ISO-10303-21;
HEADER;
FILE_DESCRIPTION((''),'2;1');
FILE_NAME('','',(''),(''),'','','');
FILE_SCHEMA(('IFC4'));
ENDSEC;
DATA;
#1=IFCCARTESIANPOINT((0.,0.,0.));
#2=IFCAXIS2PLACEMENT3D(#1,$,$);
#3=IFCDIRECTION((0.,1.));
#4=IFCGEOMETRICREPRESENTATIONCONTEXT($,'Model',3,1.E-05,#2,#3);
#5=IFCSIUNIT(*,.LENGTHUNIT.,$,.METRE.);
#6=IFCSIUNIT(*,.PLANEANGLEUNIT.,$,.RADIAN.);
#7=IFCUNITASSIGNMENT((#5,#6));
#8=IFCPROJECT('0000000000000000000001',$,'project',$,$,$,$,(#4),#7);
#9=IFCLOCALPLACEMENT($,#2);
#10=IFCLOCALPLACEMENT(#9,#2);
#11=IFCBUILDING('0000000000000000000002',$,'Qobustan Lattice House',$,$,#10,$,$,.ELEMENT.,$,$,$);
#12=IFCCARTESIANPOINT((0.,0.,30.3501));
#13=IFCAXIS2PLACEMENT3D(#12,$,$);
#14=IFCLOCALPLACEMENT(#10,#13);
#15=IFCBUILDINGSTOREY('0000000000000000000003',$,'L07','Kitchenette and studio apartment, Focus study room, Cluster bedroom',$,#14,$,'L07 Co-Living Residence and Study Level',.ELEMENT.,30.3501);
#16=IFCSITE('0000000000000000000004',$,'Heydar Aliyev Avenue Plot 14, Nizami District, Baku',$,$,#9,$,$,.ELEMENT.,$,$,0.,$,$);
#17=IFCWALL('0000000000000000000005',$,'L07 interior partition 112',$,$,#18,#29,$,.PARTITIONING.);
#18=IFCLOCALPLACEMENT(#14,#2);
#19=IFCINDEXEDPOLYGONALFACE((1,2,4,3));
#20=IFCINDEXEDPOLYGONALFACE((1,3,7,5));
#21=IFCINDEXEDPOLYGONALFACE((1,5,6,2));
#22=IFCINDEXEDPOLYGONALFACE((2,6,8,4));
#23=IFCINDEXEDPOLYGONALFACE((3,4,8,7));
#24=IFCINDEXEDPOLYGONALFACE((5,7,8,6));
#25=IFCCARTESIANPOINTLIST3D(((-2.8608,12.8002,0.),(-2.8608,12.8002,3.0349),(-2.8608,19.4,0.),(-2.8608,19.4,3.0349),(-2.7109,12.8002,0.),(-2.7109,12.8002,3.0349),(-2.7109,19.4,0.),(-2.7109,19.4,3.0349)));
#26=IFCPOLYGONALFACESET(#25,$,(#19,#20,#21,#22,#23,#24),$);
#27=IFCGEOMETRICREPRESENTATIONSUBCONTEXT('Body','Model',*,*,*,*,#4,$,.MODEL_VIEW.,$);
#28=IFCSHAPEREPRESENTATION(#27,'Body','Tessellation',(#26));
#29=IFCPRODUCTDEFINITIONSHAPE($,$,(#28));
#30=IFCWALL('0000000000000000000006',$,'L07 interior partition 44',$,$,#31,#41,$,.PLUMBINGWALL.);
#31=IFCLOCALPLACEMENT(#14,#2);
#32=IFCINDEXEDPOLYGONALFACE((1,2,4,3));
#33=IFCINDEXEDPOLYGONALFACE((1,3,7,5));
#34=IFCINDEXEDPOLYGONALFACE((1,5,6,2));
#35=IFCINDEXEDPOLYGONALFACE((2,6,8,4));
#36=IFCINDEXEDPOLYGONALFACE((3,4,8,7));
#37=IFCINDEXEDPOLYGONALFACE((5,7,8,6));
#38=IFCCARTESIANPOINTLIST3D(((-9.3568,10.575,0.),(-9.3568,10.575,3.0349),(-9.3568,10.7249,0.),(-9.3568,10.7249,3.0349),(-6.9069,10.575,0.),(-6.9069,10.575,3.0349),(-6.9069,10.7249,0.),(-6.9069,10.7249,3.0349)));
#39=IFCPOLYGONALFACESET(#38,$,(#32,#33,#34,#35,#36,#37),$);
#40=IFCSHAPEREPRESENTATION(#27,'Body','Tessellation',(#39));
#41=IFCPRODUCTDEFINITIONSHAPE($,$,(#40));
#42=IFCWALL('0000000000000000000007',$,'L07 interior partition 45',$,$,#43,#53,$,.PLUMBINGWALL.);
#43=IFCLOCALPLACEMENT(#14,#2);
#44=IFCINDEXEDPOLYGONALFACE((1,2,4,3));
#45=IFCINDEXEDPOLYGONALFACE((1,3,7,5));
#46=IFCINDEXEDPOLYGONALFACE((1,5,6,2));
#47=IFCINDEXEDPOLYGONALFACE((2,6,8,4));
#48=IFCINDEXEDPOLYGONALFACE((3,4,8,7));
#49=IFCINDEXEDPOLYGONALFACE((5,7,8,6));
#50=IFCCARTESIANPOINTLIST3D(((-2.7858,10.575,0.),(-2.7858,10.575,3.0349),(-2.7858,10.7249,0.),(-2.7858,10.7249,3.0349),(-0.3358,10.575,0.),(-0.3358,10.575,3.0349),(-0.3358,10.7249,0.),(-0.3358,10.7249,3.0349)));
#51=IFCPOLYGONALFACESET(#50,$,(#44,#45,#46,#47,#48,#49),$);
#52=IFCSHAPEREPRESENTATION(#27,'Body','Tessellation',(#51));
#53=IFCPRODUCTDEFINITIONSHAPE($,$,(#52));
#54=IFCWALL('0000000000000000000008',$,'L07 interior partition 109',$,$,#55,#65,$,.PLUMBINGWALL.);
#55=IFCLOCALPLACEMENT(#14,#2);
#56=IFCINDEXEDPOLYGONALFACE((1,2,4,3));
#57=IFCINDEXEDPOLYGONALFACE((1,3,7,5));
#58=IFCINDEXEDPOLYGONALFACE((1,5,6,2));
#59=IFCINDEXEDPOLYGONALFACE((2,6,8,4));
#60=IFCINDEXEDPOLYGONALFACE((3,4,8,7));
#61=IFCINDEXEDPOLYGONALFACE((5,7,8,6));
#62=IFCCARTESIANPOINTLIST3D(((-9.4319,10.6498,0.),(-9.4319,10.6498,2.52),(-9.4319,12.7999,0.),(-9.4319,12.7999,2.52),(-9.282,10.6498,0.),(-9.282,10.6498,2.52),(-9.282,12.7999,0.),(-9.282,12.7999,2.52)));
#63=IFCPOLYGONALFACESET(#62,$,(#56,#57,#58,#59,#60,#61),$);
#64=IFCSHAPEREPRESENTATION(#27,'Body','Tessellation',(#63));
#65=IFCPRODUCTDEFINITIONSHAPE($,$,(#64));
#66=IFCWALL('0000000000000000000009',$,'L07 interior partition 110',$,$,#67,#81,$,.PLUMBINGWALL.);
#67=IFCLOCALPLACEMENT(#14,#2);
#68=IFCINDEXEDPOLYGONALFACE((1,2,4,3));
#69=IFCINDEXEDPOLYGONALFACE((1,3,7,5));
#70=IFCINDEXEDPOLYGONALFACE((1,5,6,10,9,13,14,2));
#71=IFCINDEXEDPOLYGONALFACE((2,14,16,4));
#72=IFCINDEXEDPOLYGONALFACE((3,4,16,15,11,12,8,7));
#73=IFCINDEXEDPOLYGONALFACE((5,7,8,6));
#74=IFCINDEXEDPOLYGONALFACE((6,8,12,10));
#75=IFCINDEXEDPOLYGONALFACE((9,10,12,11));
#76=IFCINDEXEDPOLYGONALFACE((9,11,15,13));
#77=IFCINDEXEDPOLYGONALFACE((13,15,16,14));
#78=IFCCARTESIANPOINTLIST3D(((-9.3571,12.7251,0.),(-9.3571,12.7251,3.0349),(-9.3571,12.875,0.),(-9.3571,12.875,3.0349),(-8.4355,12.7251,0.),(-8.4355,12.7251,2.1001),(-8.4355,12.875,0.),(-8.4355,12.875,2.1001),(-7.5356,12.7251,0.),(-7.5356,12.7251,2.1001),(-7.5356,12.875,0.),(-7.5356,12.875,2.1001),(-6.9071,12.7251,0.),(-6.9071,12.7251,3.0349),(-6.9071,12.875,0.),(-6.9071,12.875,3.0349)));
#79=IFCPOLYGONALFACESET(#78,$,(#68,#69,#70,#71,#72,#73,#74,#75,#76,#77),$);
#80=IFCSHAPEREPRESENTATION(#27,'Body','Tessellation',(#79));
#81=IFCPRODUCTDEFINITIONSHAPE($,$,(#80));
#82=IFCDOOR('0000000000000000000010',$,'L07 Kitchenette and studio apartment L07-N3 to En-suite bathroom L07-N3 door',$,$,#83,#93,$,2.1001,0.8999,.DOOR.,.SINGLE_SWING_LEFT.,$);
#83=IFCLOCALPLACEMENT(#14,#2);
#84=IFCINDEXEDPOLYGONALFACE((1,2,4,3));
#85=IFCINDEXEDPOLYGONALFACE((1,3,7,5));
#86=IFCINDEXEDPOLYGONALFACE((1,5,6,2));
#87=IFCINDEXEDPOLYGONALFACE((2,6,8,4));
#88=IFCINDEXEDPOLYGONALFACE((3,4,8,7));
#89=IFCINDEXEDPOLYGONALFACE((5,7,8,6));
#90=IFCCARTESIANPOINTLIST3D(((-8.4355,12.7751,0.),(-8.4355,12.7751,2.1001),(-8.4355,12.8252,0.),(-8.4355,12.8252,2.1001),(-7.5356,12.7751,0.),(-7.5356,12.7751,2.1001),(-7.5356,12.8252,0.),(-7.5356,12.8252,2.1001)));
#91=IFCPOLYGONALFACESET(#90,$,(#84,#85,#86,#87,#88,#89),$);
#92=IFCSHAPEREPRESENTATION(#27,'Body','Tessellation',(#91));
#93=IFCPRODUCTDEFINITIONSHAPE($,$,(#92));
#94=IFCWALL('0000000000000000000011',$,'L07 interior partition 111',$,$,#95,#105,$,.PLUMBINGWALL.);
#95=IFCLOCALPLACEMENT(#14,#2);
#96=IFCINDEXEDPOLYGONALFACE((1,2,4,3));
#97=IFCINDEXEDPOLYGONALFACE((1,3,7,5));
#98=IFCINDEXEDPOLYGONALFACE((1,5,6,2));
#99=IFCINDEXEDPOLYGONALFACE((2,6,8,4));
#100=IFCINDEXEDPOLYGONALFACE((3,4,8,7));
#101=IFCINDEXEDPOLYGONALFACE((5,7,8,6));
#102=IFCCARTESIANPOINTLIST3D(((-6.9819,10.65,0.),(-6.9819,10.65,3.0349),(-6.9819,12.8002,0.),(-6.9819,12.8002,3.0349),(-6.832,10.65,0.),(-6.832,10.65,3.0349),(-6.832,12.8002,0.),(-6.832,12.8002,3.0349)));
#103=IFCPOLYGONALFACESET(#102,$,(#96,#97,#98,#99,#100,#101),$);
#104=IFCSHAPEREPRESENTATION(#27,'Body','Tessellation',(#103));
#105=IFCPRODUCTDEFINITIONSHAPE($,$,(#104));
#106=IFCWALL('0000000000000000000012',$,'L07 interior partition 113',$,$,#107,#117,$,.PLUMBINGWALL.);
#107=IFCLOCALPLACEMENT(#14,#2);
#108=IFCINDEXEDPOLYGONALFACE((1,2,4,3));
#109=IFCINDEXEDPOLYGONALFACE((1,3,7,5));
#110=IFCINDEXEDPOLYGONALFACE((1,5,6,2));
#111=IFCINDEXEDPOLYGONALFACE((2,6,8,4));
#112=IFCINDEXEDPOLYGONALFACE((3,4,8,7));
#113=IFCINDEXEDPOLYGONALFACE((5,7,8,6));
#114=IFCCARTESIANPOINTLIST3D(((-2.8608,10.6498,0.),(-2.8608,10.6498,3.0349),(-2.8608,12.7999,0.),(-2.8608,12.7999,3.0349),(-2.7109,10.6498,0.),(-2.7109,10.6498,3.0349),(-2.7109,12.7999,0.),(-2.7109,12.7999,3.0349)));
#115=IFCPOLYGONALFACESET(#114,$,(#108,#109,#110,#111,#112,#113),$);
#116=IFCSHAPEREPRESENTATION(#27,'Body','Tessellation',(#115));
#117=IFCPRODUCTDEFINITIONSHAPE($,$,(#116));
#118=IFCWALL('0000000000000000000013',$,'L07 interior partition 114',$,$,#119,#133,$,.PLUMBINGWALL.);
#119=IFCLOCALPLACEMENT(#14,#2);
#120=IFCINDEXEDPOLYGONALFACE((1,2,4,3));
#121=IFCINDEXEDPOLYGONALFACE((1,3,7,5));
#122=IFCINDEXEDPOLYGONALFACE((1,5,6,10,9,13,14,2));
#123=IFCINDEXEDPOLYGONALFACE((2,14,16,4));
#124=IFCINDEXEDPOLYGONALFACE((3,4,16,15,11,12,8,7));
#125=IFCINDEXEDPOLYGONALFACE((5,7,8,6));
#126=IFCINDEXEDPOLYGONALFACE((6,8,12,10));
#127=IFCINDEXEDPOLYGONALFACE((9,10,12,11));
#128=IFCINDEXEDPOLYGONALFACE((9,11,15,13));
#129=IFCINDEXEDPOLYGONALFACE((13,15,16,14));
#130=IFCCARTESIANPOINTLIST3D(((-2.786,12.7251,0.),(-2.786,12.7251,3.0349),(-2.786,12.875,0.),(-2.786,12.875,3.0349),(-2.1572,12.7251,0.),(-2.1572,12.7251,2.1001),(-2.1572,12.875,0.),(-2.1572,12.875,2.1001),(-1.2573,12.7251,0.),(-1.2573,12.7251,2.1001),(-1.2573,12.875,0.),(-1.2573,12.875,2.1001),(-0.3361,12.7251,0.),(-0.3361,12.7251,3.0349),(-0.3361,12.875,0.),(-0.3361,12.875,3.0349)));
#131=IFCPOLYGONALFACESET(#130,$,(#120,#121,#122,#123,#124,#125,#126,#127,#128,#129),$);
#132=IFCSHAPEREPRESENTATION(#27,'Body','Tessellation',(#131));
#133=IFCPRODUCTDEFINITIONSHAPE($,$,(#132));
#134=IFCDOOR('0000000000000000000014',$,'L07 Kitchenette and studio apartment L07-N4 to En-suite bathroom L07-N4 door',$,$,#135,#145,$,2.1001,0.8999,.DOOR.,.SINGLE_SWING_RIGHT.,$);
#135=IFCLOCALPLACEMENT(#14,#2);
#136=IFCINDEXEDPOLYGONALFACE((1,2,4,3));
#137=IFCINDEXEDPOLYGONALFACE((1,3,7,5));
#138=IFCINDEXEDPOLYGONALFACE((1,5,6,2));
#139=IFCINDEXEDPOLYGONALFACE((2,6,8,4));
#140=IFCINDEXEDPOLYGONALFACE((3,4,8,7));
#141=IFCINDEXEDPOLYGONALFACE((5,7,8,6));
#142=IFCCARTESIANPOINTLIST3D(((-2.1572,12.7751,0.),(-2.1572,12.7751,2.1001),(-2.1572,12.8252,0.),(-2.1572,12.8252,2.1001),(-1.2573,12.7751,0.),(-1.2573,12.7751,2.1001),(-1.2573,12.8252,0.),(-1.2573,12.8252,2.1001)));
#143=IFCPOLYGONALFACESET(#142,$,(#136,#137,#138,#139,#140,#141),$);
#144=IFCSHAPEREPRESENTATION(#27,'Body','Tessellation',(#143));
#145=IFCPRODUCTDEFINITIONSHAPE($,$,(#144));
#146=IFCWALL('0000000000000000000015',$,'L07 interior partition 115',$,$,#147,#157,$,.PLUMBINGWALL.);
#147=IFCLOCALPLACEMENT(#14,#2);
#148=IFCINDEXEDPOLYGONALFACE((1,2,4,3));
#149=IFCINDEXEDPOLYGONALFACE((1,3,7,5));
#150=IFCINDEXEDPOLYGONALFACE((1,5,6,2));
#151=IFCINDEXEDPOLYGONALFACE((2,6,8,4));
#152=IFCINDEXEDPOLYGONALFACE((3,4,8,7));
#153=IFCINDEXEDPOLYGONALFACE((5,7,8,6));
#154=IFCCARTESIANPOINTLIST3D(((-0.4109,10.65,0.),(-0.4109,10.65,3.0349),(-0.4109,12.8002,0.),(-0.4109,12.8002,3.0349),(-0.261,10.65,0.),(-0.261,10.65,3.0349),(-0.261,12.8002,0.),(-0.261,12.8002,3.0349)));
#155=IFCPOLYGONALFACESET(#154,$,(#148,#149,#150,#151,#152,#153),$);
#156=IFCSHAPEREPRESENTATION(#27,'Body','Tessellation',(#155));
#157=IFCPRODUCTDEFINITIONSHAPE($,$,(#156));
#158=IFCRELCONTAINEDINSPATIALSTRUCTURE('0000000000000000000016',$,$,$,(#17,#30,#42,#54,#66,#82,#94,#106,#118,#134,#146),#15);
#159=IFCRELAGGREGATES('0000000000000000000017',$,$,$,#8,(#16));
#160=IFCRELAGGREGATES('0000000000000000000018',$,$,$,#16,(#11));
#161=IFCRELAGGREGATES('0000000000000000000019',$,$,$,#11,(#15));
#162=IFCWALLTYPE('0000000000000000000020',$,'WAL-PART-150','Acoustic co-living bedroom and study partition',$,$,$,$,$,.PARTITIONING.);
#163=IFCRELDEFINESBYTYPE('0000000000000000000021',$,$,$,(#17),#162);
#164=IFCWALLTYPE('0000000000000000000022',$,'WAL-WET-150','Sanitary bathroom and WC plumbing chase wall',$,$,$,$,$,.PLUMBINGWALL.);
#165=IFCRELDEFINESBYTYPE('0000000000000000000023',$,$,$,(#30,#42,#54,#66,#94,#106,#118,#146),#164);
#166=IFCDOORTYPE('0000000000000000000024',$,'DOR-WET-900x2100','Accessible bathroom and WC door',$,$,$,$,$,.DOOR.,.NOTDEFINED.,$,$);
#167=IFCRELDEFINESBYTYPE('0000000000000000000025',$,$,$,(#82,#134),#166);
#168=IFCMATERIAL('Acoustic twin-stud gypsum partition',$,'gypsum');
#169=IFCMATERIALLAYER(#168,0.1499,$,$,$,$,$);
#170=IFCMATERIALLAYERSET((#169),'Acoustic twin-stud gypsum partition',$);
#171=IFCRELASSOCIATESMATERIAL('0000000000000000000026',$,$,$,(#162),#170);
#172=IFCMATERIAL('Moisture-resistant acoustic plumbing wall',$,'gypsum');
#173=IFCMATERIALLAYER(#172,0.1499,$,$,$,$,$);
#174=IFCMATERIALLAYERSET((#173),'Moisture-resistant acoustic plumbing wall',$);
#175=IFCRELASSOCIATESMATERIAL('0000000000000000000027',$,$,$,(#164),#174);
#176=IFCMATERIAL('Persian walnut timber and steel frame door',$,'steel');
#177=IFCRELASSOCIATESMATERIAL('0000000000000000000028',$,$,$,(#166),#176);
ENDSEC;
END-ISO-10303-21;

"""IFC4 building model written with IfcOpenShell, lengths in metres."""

from ifc_helpers import new_model, si_unit, direction, frame, frame_2d, origin, place, context, subcontext, project, spatial, rectangle, extrude, material, layer, layer_set, type_object, element, fill, save


model = new_model("IFC4")

# Units and contexts
model_context = context("Model", 3, precision=1e-05, world=origin(), true_north=direction((0.0, 1.0)))
body_context = subcontext(model_context, "Body", "Model", "MODEL_VIEW")
ifc_project = project(units=[si_unit("LENGTHUNIT", "METRE"), si_unit("PLANEANGLEUNIT", "RADIAN")], contexts=[model_context])

# Site, building, storey
site_placement = place(None, origin())
site = spatial("IfcSite", under=ifc_project, at=site_placement, Name="Heydar Aliyev Avenue Plot 14, Nizami District, Baku", CompositionType="ELEMENT", RefElevation=0.0)
building_placement = place(site_placement, origin())
building = spatial("IfcBuilding", under=site, at=building_placement, Name="Qobustan Lattice House", CompositionType="ELEMENT")
storey_placement = place(building_placement, frame((0.0, 0.0, 30.3501)))
storey = spatial("IfcBuildingStorey", under=building, at=storey_placement, Name="L07", Description="Kitchenette and studio apartment, Focus study room, Cluster bedroom", LongName="L07 Co-Living Residence and Study Level", CompositionType="ELEMENT", Elevation=30.3501)

# Shared definitions
ifc_material_1 = material(Name="Acoustic twin-stud gypsum partition", Category="gypsum")
ifc_layer_1 = layer(ifc_material_1, 0.1499)
ifc_layer_set_1 = layer_set([ifc_layer_1], Name="Acoustic twin-stud gypsum partition")
wall_type_1 = type_object("IfcWallType", Name="WAL-PART-150", Description="Acoustic co-living bedroom and study partition", PredefinedType="PARTITIONING", material=ifc_layer_set_1)

# Walls
wall_1_placement = place(storey_placement, frame((-2.7859, 19.3999, 0.0), z_axis=(0.0, 0.0, 1.0), x_axis=(0.0, -1.0, 0.0)))
element("IfcWall", 1, at=wall_1_placement, inside=storey, type_object=wall_type_1, Name="L07 interior partition 112", PredefinedType="PARTITIONING", context=body_context, shape_type="SweptSolid", body=[
    extrude(rectangle(XDim=6.5999, YDim=0.1499, at=frame_2d((3.2998, 0.0))), origin(), (0.0, 0.0, 1.0), 3.0349),
])
ifc_material_2 = material(Name="Moisture-resistant acoustic plumbing wall", Category="gypsum")
ifc_layer_2 = layer(ifc_material_2, 0.1499)
ifc_layer_set_2 = layer_set([ifc_layer_2], Name="Moisture-resistant acoustic plumbing wall")
wall_type_2 = type_object("IfcWallType", Name="WAL-WET-150", Description="Sanitary bathroom and WC plumbing chase wall", PredefinedType="PLUMBINGWALL", material=ifc_layer_set_2)
for number, where, z_axis, x_axis, name in (
    (2, (-9.3569, 10.6499, 0.0), (0.0, 0.0, 1.0), (1.0, 0.0, 0.0), "L07 interior partition 44"),
    (3, (-2.7859, 10.6499, 0.0), (0.0, 0.0, 1.0), (1.0, 0.0, 0.0), "L07 interior partition 45"),
):
    element("IfcWall", number, at=place(storey_placement, frame(where, z_axis=z_axis, x_axis=x_axis)), inside=storey, type_object=wall_type_2, Name=name, PredefinedType="PLUMBINGWALL", context=body_context, shape_type="SweptSolid", body=[
        extrude(rectangle(XDim=2.45, YDim=0.1499, at=frame_2d((1.2251, 0.0))), origin(), (0.0, 0.0, 1.0), 3.0349),
    ])
wall_2_placement = place(storey_placement, frame((-9.3569, 12.8, 0.0), z_axis=(0.0, 0.0, 1.0), x_axis=(0.0, -1.0, 0.0)))
element("IfcWall", 4, at=wall_2_placement, inside=storey, type_object=wall_type_2, Name="L07 interior partition 109", PredefinedType="PLUMBINGWALL", context=body_context, shape_type="SweptSolid", body=[
    extrude(rectangle(XDim=2.1501, YDim=0.1499, at=frame_2d((1.0752, 0.0))), origin(), (0.0, 0.0, 1.0), 2.52),
])

# Wall, opening, door
wall_3_placement = place(storey_placement, frame((-6.907, 12.8, 0.0), z_axis=(0.0, 0.0, 1.0), x_axis=(-1.0, 0.0, 0.0)))
wall_3 = element("IfcWall", 5, at=wall_3_placement, inside=storey, type_object=wall_type_2, Name="L07 interior partition 110", PredefinedType="PLUMBINGWALL", context=body_context, shape_type="SweptSolid", body=[
    extrude(rectangle(XDim=2.45, YDim=0.1499, at=frame_2d((1.2251, 0.0))), origin(), (0.0, 0.0, 1.0), 3.0349),
])
opening_1_placement = place(wall_3_placement, frame((0.6287, 0.0, 0.0)))
opening_1 = element("IfcOpeningElement", 6, at=opening_1_placement, cuts=wall_3, PredefinedType="OPENING", context=body_context, shape_type="SweptSolid", body=[
    extrude(rectangle(XDim=0.8999, YDim=2.1001, at=frame_2d((0.45, 1.05))), frame((0.0, 0.085, 0.0), z_axis=(0.0, -1.0, 0.0), x_axis=(1.0, 0.0, 0.0)), (0.0, 0.0, 1.0), 0.1699),
])
ifc_material_3 = material(Name="Persian walnut timber and steel frame door", Category="steel")
door_type_1 = type_object("IfcDoorType", Name="DOR-WET-900x2100", Description="Accessible bathroom and WC door", OperationType="NOTDEFINED", PredefinedType="DOOR", material=ifc_material_3)
door_1_placement = place(opening_1_placement, origin())
door_1 = element("IfcDoor", 7, at=door_1_placement, inside=storey, type_object=door_type_1, Name="L07 Kitchenette and studio apartment L07-N3 to En-suite bathroom L07-N3 door", OperationType="SINGLE_SWING_LEFT", OverallHeight=2.1001, OverallWidth=0.8999, PredefinedType="DOOR", context=body_context, shape_type="SweptSolid", body=[
    extrude(rectangle(XDim=0.8999, YDim=2.1001, at=frame_2d((0.45, 1.05))), frame((0.0, 0.0249, 0.0), z_axis=(0.0, -1.0, 0.0), x_axis=(1.0, 0.0, 0.0)), (0.0, 0.0, 1.0), 0.05),
])
fill(opening_1, door_1)

# Walls
for number, where, z_axis, x_axis, name in (
    (8, (-6.907, 10.6499, 0.0), (0.0, 0.0, 1.0), (0.0, 1.0, 0.0), "L07 interior partition 111"),
    (9, (-2.7859, 12.8, 0.0), (0.0, 0.0, 1.0), (0.0, -1.0, 0.0), "L07 interior partition 113"),
):
    element("IfcWall", number, at=place(storey_placement, frame(where, z_axis=z_axis, x_axis=x_axis)), inside=storey, type_object=wall_type_2, Name=name, PredefinedType="PLUMBINGWALL", context=body_context, shape_type="SweptSolid", body=[
        extrude(rectangle(XDim=2.1501, YDim=0.1499, at=frame_2d((1.0752, 0.0))), origin(), (0.0, 0.0, 1.0), 3.0349),
    ])

# Wall, opening, door
wall_4_placement = place(storey_placement, frame((-0.3359, 12.8, 0.0), z_axis=(0.0, 0.0, 1.0), x_axis=(-1.0, 0.0, 0.0)))
wall_4 = element("IfcWall", 10, at=wall_4_placement, inside=storey, type_object=wall_type_2, Name="L07 interior partition 114", PredefinedType="PLUMBINGWALL", context=body_context, shape_type="SweptSolid", body=[
    extrude(rectangle(XDim=2.45, YDim=0.1499, at=frame_2d((1.2251, 0.0))), origin(), (0.0, 0.0, 1.0), 3.0349),
])
opening_2_placement = place(wall_4_placement, frame((0.9214, 0.0, 0.0)))
opening_2 = element("IfcOpeningElement", 11, at=opening_2_placement, cuts=wall_4, PredefinedType="OPENING", context=body_context, shape_type="SweptSolid", body=[
    extrude(rectangle(XDim=0.8999, YDim=2.1001, at=frame_2d((0.45, 1.05))), frame((0.0, 0.085, 0.0), z_axis=(0.0, -1.0, 0.0), x_axis=(1.0, 0.0, 0.0)), (0.0, 0.0, 1.0), 0.1699),
])
door_2_placement = place(opening_2_placement, origin())
door_2 = element("IfcDoor", 12, at=door_2_placement, inside=storey, type_object=door_type_1, Name="L07 Kitchenette and studio apartment L07-N4 to En-suite bathroom L07-N4 door", OperationType="SINGLE_SWING_RIGHT", OverallHeight=2.1001, OverallWidth=0.8999, PredefinedType="DOOR", context=body_context, shape_type="SweptSolid", body=[
    extrude(rectangle(XDim=0.8999, YDim=2.1001, at=frame_2d((0.45, 1.05))), frame((0.0, 0.0249, 0.0), z_axis=(0.0, -1.0, 0.0), x_axis=(1.0, 0.0, 0.0)), (0.0, 0.0, 1.0), 0.05),
])
fill(opening_2, door_2)

# Wall
wall_5_placement = place(storey_placement, frame((-0.3359, 10.6499, 0.0), z_axis=(0.0, 0.0, 1.0), x_axis=(0.0, 1.0, 0.0)))
element("IfcWall", 13, at=wall_5_placement, inside=storey, type_object=wall_type_2, Name="L07 interior partition 115", PredefinedType="PLUMBINGWALL", context=body_context, shape_type="SweptSolid", body=[
    extrude(rectangle(XDim=2.1501, YDim=0.1499, at=frame_2d((1.0752, 0.0))), origin(), (0.0, 0.0, 1.0), 3.0349),
])

save(model, "model.ifc")
